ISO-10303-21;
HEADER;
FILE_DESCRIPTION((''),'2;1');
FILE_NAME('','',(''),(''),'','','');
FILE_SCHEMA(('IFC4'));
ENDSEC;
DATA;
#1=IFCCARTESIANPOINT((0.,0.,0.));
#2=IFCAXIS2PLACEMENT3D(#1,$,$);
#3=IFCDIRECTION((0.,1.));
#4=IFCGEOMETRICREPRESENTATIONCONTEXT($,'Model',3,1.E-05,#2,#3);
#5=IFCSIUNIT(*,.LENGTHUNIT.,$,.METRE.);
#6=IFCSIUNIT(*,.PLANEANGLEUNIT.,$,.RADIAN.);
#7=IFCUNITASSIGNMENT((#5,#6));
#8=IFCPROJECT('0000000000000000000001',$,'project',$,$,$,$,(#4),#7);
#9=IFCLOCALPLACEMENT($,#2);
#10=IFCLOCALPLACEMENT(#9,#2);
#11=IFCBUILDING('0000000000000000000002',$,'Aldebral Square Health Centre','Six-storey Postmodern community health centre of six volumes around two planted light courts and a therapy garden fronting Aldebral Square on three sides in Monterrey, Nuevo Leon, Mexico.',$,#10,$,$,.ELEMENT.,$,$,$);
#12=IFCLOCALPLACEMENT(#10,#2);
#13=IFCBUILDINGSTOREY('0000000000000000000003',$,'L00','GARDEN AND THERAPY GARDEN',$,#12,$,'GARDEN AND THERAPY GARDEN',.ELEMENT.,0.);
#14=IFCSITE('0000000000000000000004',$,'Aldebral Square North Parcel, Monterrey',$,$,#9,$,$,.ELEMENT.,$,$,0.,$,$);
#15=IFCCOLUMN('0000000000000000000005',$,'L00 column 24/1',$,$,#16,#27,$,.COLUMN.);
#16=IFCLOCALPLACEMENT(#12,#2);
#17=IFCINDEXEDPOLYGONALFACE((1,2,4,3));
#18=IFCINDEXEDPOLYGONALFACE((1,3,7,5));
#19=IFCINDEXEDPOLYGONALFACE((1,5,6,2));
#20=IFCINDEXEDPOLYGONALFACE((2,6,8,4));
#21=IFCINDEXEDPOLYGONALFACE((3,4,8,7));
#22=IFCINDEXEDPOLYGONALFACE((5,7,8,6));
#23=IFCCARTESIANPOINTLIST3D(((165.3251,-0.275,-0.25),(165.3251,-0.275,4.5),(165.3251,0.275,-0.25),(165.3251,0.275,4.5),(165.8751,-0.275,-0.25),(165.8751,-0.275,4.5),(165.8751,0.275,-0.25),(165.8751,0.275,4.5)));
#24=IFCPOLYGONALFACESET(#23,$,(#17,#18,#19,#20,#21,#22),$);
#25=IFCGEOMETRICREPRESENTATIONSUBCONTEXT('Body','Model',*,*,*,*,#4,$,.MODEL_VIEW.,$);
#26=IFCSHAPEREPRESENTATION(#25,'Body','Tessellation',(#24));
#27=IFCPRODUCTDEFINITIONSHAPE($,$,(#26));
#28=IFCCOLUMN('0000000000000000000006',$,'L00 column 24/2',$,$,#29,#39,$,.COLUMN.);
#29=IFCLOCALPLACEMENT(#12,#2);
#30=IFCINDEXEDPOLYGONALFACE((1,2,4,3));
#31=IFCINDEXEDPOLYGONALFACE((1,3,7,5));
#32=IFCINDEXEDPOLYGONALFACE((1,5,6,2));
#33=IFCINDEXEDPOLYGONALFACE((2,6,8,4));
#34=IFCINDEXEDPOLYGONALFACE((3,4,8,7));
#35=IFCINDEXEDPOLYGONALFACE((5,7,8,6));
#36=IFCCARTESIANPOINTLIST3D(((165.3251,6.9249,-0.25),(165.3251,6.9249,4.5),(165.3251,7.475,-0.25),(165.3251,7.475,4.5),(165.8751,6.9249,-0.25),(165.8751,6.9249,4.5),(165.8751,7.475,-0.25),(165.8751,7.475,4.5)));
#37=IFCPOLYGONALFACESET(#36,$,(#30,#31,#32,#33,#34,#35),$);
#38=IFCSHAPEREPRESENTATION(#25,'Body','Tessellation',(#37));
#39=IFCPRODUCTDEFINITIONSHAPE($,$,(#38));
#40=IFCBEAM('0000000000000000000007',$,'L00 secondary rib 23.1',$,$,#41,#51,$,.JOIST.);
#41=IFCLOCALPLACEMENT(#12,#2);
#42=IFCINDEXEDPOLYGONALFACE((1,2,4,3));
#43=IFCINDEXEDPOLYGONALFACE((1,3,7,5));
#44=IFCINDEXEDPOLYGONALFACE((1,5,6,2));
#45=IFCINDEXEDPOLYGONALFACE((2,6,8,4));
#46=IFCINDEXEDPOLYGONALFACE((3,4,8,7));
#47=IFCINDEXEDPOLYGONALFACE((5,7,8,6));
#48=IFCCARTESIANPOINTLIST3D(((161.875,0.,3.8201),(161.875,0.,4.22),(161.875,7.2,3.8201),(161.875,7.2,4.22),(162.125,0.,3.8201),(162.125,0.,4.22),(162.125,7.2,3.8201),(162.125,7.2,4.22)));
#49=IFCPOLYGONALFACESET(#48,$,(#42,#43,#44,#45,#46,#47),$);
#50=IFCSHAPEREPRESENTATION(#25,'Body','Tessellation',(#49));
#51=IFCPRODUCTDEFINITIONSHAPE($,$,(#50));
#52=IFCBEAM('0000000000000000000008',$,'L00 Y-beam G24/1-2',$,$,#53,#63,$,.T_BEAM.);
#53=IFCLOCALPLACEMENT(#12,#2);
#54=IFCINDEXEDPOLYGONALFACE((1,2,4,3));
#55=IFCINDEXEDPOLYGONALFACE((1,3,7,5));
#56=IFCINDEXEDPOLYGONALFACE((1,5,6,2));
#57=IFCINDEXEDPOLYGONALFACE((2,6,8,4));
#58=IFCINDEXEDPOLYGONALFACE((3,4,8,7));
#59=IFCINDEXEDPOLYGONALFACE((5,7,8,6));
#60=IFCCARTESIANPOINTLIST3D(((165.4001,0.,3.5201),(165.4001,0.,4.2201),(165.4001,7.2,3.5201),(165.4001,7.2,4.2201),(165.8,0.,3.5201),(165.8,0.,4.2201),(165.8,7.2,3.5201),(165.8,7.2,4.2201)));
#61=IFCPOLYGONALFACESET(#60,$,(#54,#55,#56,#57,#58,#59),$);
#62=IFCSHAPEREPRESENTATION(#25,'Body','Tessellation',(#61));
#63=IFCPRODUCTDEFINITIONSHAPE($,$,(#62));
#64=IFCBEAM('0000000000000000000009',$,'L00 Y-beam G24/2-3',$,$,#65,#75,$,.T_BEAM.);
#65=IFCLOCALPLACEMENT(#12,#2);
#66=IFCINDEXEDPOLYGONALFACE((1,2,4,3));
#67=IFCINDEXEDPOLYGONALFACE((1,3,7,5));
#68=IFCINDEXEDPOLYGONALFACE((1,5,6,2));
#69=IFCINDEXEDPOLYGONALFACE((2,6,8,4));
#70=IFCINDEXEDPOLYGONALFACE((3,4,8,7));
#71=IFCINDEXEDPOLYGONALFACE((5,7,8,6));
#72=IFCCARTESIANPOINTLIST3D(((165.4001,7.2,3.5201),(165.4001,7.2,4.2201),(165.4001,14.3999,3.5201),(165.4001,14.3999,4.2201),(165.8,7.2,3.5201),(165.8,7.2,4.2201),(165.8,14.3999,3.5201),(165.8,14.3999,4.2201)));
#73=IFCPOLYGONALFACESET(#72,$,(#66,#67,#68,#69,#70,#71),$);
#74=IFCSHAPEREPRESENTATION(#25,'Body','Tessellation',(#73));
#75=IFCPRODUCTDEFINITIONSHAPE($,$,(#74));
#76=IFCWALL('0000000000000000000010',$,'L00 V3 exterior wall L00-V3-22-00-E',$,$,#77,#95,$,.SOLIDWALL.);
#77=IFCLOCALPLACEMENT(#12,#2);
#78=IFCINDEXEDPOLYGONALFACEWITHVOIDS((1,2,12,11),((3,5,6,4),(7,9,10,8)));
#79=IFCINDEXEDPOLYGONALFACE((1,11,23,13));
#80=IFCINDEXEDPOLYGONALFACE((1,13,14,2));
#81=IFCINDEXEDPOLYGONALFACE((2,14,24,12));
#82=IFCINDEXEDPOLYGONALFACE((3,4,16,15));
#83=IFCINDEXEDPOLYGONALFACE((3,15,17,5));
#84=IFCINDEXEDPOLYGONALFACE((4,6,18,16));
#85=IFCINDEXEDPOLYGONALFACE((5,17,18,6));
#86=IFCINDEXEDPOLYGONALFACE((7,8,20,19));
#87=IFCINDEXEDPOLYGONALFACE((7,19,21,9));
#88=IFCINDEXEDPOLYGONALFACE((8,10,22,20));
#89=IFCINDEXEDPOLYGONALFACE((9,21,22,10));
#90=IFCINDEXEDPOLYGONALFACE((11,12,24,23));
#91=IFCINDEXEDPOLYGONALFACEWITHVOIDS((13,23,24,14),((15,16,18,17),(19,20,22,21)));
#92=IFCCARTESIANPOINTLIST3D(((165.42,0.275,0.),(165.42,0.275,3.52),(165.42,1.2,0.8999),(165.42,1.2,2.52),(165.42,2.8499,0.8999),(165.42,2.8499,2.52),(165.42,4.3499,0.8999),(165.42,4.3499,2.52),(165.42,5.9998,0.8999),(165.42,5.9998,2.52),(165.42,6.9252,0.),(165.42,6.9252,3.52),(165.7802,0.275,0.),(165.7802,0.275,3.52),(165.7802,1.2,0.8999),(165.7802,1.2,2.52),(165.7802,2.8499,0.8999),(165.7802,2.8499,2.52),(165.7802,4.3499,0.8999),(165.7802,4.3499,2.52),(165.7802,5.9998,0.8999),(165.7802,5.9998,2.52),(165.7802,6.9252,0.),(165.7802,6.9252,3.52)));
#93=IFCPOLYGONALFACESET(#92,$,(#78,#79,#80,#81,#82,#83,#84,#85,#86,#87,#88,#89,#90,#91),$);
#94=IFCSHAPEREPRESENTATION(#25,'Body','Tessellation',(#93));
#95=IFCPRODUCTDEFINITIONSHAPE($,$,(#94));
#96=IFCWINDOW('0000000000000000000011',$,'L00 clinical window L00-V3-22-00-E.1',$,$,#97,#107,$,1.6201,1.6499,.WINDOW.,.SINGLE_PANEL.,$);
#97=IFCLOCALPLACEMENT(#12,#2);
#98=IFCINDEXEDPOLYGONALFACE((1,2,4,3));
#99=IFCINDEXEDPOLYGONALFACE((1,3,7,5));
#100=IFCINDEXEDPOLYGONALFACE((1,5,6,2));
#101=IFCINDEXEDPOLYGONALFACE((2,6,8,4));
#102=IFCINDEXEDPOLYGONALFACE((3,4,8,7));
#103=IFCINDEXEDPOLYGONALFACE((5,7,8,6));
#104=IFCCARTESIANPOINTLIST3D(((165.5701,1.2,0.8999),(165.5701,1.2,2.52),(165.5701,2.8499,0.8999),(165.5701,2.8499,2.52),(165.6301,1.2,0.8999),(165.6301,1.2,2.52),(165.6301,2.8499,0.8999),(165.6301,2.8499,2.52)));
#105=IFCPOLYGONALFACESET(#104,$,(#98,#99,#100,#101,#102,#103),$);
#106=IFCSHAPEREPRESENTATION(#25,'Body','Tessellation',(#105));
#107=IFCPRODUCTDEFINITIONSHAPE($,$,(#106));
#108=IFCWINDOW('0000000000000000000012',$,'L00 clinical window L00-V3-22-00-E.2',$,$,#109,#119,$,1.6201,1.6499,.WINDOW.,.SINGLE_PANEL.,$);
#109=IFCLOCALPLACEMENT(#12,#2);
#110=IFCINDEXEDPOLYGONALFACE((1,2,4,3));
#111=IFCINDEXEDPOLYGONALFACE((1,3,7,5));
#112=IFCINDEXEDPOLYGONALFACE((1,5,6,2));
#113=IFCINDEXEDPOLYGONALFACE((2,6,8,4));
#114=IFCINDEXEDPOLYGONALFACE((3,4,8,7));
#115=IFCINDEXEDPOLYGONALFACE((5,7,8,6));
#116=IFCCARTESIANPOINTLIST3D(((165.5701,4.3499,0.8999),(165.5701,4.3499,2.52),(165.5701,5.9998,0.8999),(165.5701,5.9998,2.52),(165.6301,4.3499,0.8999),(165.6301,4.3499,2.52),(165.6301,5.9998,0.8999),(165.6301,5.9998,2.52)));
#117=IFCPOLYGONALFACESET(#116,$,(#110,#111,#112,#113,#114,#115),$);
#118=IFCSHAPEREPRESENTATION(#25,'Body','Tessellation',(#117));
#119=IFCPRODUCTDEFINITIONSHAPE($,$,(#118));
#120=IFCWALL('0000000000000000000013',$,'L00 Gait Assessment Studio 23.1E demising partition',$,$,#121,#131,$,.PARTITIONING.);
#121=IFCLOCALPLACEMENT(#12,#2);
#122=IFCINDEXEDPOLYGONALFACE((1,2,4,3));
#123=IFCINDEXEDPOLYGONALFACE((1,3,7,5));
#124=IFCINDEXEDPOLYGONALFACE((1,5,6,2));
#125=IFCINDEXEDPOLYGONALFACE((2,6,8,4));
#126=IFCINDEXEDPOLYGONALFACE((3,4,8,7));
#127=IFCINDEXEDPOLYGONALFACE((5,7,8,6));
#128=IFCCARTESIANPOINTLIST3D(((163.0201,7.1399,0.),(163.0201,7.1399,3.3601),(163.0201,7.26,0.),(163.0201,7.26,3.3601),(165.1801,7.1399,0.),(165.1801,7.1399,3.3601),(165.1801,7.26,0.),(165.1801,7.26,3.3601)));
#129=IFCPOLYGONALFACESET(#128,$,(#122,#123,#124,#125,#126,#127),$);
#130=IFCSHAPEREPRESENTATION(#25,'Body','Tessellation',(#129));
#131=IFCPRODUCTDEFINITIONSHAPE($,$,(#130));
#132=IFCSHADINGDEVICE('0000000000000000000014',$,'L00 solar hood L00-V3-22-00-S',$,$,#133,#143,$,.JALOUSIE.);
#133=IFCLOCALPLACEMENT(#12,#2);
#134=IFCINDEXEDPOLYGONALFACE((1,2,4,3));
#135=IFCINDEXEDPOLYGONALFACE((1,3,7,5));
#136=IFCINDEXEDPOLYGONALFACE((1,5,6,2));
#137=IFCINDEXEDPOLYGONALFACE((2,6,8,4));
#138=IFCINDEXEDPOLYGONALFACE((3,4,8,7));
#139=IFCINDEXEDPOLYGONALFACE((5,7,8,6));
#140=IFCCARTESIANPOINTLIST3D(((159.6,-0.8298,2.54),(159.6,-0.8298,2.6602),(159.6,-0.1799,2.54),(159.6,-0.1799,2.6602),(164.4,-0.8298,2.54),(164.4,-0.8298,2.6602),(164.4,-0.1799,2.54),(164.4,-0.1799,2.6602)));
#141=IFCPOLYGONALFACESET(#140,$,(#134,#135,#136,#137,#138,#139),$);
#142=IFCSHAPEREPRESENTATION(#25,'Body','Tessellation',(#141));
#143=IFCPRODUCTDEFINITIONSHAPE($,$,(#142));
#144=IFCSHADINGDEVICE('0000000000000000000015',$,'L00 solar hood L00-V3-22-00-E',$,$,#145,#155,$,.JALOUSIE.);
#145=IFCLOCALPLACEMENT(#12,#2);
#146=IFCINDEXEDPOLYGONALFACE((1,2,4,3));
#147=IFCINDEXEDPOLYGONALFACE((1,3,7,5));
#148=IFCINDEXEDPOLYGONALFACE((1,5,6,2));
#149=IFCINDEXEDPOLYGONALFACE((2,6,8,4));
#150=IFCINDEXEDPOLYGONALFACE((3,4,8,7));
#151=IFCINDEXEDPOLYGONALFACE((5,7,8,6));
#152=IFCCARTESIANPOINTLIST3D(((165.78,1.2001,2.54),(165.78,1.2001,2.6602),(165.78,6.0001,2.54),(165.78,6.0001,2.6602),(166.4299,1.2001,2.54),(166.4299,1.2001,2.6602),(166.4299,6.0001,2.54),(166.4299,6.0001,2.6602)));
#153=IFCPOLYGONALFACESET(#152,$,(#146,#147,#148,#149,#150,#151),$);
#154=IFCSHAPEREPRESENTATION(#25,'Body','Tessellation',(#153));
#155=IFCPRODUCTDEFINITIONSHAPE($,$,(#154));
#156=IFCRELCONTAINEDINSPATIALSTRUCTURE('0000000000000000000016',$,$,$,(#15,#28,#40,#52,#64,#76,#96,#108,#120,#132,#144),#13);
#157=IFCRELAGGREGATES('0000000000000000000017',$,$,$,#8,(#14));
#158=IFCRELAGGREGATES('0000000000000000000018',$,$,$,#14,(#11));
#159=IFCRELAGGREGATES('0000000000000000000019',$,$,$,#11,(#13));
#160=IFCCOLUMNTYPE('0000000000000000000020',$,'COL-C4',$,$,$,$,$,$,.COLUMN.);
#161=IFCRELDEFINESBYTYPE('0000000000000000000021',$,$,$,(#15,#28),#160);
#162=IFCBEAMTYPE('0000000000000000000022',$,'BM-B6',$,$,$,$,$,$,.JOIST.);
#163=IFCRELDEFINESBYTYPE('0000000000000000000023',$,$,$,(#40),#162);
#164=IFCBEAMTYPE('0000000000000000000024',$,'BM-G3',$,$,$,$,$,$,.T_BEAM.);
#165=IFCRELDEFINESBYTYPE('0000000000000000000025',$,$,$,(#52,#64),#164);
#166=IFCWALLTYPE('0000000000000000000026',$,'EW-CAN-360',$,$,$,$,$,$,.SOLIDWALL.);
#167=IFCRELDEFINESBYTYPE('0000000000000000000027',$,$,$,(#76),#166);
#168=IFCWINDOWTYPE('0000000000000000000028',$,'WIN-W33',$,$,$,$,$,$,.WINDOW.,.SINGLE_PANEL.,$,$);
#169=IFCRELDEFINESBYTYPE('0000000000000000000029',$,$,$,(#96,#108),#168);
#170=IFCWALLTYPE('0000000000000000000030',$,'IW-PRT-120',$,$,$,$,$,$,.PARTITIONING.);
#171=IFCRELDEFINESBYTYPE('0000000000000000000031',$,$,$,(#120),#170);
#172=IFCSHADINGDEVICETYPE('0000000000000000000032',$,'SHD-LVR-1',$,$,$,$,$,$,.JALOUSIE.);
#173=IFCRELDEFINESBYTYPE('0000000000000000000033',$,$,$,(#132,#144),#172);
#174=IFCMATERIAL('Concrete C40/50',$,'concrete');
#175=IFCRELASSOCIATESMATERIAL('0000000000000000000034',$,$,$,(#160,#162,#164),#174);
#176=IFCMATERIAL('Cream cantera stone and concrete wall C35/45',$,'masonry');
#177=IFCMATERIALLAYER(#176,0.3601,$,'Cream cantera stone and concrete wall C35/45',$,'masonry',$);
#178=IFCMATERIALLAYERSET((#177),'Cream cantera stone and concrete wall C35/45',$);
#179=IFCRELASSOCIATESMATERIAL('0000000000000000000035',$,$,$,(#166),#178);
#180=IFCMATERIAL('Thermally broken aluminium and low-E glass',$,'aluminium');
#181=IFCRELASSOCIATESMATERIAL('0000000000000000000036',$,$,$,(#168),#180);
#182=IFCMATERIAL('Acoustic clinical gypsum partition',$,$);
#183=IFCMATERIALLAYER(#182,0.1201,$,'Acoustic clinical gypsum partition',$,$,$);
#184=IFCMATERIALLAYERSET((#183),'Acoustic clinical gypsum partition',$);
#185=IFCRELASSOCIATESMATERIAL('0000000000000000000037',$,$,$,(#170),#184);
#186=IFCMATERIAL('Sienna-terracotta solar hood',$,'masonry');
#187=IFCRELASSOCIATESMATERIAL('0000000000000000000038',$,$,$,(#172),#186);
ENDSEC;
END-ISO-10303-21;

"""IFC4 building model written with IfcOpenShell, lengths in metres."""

from ifc_helpers import new_model, si_unit, direction, frame, frame_2d, origin, origin_2d, place, context, subcontext, project, spatial, rectangle, extrude, material, layer, layer_set, material_profile, profile_set, type_object, element, fill, save


model = new_model("IFC4")

# Units and contexts
model_context = context("Model", 3, precision=1e-05, world=origin(), true_north=direction((0.0, 1.0)))
body_context = subcontext(model_context, "Body", "Model", "MODEL_VIEW")
ifc_project = project(units=[si_unit("LENGTHUNIT", "METRE"), si_unit("PLANEANGLEUNIT", "RADIAN")], contexts=[model_context])

# Site, building, storey
site_placement = place(None, origin())
site = spatial("IfcSite", under=ifc_project, at=site_placement, Name="Aldebral Square North Parcel, Monterrey", CompositionType="ELEMENT", RefElevation=0.0)
building_placement = place(site_placement, origin())
building = spatial("IfcBuilding", under=site, at=building_placement, Name="Aldebral Square Health Centre", Description="Six-storey Postmodern community health centre of six volumes around two planted light courts and a therapy garden fronting Aldebral Square on three sides in Monterrey, Nuevo Leon, Mexico.", CompositionType="ELEMENT")
storey_placement = place(building_placement, origin())
storey = spatial("IfcBuildingStorey", under=building, at=storey_placement, Name="L00", Description="GARDEN AND THERAPY GARDEN", LongName="GARDEN AND THERAPY GARDEN", CompositionType="ELEMENT", Elevation=0.0)

# Columns
ifc_material_1 = material(Name="Concrete C40/50", Category="concrete")
ifc_material_profile_1 = material_profile(ifc_material_1, rectangle(XDim=0.55, YDim=0.55, at=origin_2d()), Name="RC 550x550")
ifc_profile_set_1 = profile_set([ifc_material_profile_1], Name="Concrete C40/50")
column_type = type_object("IfcColumnType", Name="COL-C4", PredefinedType="COLUMN", material=ifc_profile_set_1)
for number, where, z_axis, x_axis, name in (
    (1, (165.6001, 0.0, -0.25), (0.0, 0.0, 1.0), (1.0, 0.0, 0.0), "L00 column 24/1"),
    (2, (165.6001, 7.2, -0.25), (0.0, 0.0, 1.0), (1.0, 0.0, 0.0), "L00 column 24/2"),
):
    element("IfcColumn", number, at=place(storey_placement, frame(where, z_axis=z_axis, x_axis=x_axis)), inside=storey, type_object=column_type, Name=name, PredefinedType="COLUMN", context=body_context, shape_type="SweptSolid", body=[
        extrude(rectangle(XDim=0.55, YDim=0.55, at=origin_2d()), origin(), (0.0, 0.0, 1.0), 4.75),
    ])

# Beams
ifc_material_profile_2 = material_profile(ifc_material_1, rectangle(XDim=0.25, YDim=0.3999, at=origin_2d()), Name="RC 250x400")
ifc_profile_set_2 = profile_set([ifc_material_profile_2], Name="Concrete C40/50")
beam_type_1 = type_object("IfcBeamType", Name="BM-B6", PredefinedType="JOIST", material=ifc_profile_set_2)
beam_placement = place(storey_placement, frame((162.0, 0.0, 4.02), z_axis=(0.0, 1.0, 0.0), x_axis=(-1.0, 0.0, 0.0)))
element("IfcBeam", 3, at=beam_placement, inside=storey, type_object=beam_type_1, Name="L00 secondary rib 23.1", PredefinedType="JOIST", context=body_context, shape_type="SweptSolid", body=[
    extrude(rectangle(XDim=0.25, YDim=0.3999, at=origin_2d()), origin(), (0.0, 0.0, 1.0), 7.2),
])
ifc_material_profile_3 = material_profile(ifc_material_1, rectangle(XDim=0.3999, YDim=0.7, at=origin_2d()), Name="RC 400x700")
ifc_profile_set_3 = profile_set([ifc_material_profile_3], Name="Concrete C40/50")
beam_type_2 = type_object("IfcBeamType", Name="BM-G3", PredefinedType="T_BEAM", material=ifc_profile_set_3)
for number, where, z_axis, x_axis, name in (
    (4, (165.6001, 0.0, 3.8701), (0.0, 1.0, 0.0), (-1.0, 0.0, 0.0), "L00 Y-beam G24/1-2"),
    (5, (165.6001, 7.2, 3.8701), (0.0, 1.0, 0.0), (-1.0, 0.0, 0.0), "L00 Y-beam G24/2-3"),
):
    element("IfcBeam", number, at=place(storey_placement, frame(where, z_axis=z_axis, x_axis=x_axis)), inside=storey, type_object=beam_type_2, Name=name, PredefinedType="T_BEAM", context=body_context, shape_type="SweptSolid", body=[
        extrude(rectangle(XDim=0.3999, YDim=0.7, at=origin_2d()), origin(), (0.0, 0.0, 1.0), 7.2),
    ])

# Wall, openings, windows
ifc_material_2 = material(Name="Cream cantera stone and concrete wall C35/45", Category="masonry")
ifc_layer_1 = layer(ifc_material_2, 0.3601, Name="Cream cantera stone and concrete wall C35/45", Category="masonry")
ifc_layer_set_1 = layer_set([ifc_layer_1], Name="Cream cantera stone and concrete wall C35/45")
wall_type_1 = type_object("IfcWallType", Name="EW-CAN-360", PredefinedType="SOLIDWALL", material=ifc_layer_set_1)
wall_1_placement = place(storey_placement, frame((165.6001, 0.2749, 0.0), z_axis=(0.0, 0.0, 1.0), x_axis=(0.0, 1.0, 0.0)))
wall_1 = element("IfcWall", 6, at=wall_1_placement, inside=storey, type_object=wall_type_1, Name="L00 V3 exterior wall L00-V3-22-00-E", PredefinedType="SOLIDWALL", context=body_context, shape_type="SweptSolid", body=[
    extrude(rectangle(XDim=6.6501, YDim=0.3601, at=frame_2d((3.3252, 0.0))), origin(), (0.0, 0.0, 1.0), 3.52),
])
opening_1_placement = place(wall_1_placement, frame((0.925, 0.0, 0.8999)))
opening_1 = element("IfcOpeningElement", 7, at=opening_1_placement, cuts=wall_1, PredefinedType="OPENING", context=body_context, shape_type="SweptSolid", body=[
    extrude(rectangle(XDim=1.6499, YDim=1.6201, at=frame_2d((0.825, 0.8101))), frame((0.0, 0.1899, 0.0), z_axis=(0.0, -1.0, 0.0), x_axis=(1.0, 0.0, 0.0)), (0.0, 0.0, 1.0), 0.3801),
])
opening_2_placement = place(wall_1_placement, frame((4.075, 0.0, 0.8999)))
opening_2 = element("IfcOpeningElement", 8, at=opening_2_placement, cuts=wall_1, PredefinedType="OPENING", context=body_context, shape_type="SweptSolid", body=[
    extrude(rectangle(XDim=1.6499, YDim=1.6201, at=frame_2d((0.825, 0.8101))), frame((0.0, 0.1899, 0.0), z_axis=(0.0, -1.0, 0.0), x_axis=(1.0, 0.0, 0.0)), (0.0, 0.0, 1.0), 0.3801),
])
ifc_material_3 = material(Name="Thermally broken aluminium and low-E glass", Category="aluminium")
window_type = type_object("IfcWindowType", Name="WIN-W33", PartitioningType="SINGLE_PANEL", PredefinedType="WINDOW", material=ifc_material_3)
window_1_placement = place(opening_1_placement, origin())
window_1 = element("IfcWindow", 9, at=window_1_placement, inside=storey, type_object=window_type, Name="L00 clinical window L00-V3-22-00-E.1", OverallHeight=1.6201, OverallWidth=1.6499, PartitioningType="SINGLE_PANEL", PredefinedType="WINDOW", context=body_context, shape_type="SweptSolid", body=[
    extrude(rectangle(XDim=1.6499, YDim=1.6201, at=frame_2d((0.825, 0.8101))), frame((0.0, 0.03, 0.0), z_axis=(0.0, -1.0, 0.0), x_axis=(1.0, 0.0, 0.0)), (0.0, 0.0, 1.0), 0.0601),
])
fill(opening_1, window_1)
window_2_placement = place(opening_2_placement, origin())
window_2 = element("IfcWindow", 10, at=window_2_placement, inside=storey, type_object=window_type, Name="L00 clinical window L00-V3-22-00-E.2", OverallHeight=1.6201, OverallWidth=1.6499, PartitioningType="SINGLE_PANEL", PredefinedType="WINDOW", context=body_context, shape_type="SweptSolid", body=[
    extrude(rectangle(XDim=1.6499, YDim=1.6201, at=frame_2d((0.825, 0.8101))), frame((0.0, 0.03, 0.0), z_axis=(0.0, -1.0, 0.0), x_axis=(1.0, 0.0, 0.0)), (0.0, 0.0, 1.0), 0.0601),
])
fill(opening_2, window_2)

# Wall
ifc_material_4 = material(Name="Acoustic clinical gypsum partition")
ifc_layer_2 = layer(ifc_material_4, 0.1201, Name="Acoustic clinical gypsum partition")
ifc_layer_set_2 = layer_set([ifc_layer_2], Name="Acoustic clinical gypsum partition")
wall_type_2 = type_object("IfcWallType", Name="IW-PRT-120", PredefinedType="PARTITIONING", material=ifc_layer_set_2)
wall_2_placement = place(storey_placement, frame((163.02, 7.2, 0.0), z_axis=(0.0, 0.0, 1.0), x_axis=(1.0, 0.0, 0.0)))
element("IfcWall", 11, at=wall_2_placement, inside=storey, type_object=wall_type_2, Name="L00 Gait Assessment Studio 23.1E demising partition", PredefinedType="PARTITIONING", context=body_context, shape_type="SweptSolid", body=[
    extrude(rectangle(XDim=2.1599, YDim=0.1201, at=frame_2d((1.0801, 0.0))), origin(), (0.0, 0.0, 1.0), 3.3601),
])

# Shading devices
ifc_material_5 = material(Name="Sienna-terracotta solar hood", Category="masonry")
shading_device_type = type_object("IfcShadingDeviceType", Name="SHD-LVR-1", PredefinedType="JALOUSIE", material=ifc_material_5)
for number, where, z_axis, x_axis, name in (
    (12, (162.0, -0.5049, 2.54), (0.0, 0.0, 1.0), (1.0, 0.0, 0.0), "L00 solar hood L00-V3-22-00-S"),
    (13, (166.105, 3.6001, 2.54), (0.0, 0.0, 1.0), (0.0, 1.0, 0.0), "L00 solar hood L00-V3-22-00-E"),
):
    element("IfcShadingDevice", number, at=place(storey_placement, frame(where, z_axis=z_axis, x_axis=x_axis)), inside=storey, type_object=shading_device_type, Name=name, PredefinedType="JALOUSIE", context=body_context, shape_type="SweptSolid", body=[
        extrude(rectangle(XDim=4.8, YDim=0.6499, at=origin_2d()), origin(), (0.0, 0.0, 1.0), 0.1201),
    ])

save(model, "model.ifc")
